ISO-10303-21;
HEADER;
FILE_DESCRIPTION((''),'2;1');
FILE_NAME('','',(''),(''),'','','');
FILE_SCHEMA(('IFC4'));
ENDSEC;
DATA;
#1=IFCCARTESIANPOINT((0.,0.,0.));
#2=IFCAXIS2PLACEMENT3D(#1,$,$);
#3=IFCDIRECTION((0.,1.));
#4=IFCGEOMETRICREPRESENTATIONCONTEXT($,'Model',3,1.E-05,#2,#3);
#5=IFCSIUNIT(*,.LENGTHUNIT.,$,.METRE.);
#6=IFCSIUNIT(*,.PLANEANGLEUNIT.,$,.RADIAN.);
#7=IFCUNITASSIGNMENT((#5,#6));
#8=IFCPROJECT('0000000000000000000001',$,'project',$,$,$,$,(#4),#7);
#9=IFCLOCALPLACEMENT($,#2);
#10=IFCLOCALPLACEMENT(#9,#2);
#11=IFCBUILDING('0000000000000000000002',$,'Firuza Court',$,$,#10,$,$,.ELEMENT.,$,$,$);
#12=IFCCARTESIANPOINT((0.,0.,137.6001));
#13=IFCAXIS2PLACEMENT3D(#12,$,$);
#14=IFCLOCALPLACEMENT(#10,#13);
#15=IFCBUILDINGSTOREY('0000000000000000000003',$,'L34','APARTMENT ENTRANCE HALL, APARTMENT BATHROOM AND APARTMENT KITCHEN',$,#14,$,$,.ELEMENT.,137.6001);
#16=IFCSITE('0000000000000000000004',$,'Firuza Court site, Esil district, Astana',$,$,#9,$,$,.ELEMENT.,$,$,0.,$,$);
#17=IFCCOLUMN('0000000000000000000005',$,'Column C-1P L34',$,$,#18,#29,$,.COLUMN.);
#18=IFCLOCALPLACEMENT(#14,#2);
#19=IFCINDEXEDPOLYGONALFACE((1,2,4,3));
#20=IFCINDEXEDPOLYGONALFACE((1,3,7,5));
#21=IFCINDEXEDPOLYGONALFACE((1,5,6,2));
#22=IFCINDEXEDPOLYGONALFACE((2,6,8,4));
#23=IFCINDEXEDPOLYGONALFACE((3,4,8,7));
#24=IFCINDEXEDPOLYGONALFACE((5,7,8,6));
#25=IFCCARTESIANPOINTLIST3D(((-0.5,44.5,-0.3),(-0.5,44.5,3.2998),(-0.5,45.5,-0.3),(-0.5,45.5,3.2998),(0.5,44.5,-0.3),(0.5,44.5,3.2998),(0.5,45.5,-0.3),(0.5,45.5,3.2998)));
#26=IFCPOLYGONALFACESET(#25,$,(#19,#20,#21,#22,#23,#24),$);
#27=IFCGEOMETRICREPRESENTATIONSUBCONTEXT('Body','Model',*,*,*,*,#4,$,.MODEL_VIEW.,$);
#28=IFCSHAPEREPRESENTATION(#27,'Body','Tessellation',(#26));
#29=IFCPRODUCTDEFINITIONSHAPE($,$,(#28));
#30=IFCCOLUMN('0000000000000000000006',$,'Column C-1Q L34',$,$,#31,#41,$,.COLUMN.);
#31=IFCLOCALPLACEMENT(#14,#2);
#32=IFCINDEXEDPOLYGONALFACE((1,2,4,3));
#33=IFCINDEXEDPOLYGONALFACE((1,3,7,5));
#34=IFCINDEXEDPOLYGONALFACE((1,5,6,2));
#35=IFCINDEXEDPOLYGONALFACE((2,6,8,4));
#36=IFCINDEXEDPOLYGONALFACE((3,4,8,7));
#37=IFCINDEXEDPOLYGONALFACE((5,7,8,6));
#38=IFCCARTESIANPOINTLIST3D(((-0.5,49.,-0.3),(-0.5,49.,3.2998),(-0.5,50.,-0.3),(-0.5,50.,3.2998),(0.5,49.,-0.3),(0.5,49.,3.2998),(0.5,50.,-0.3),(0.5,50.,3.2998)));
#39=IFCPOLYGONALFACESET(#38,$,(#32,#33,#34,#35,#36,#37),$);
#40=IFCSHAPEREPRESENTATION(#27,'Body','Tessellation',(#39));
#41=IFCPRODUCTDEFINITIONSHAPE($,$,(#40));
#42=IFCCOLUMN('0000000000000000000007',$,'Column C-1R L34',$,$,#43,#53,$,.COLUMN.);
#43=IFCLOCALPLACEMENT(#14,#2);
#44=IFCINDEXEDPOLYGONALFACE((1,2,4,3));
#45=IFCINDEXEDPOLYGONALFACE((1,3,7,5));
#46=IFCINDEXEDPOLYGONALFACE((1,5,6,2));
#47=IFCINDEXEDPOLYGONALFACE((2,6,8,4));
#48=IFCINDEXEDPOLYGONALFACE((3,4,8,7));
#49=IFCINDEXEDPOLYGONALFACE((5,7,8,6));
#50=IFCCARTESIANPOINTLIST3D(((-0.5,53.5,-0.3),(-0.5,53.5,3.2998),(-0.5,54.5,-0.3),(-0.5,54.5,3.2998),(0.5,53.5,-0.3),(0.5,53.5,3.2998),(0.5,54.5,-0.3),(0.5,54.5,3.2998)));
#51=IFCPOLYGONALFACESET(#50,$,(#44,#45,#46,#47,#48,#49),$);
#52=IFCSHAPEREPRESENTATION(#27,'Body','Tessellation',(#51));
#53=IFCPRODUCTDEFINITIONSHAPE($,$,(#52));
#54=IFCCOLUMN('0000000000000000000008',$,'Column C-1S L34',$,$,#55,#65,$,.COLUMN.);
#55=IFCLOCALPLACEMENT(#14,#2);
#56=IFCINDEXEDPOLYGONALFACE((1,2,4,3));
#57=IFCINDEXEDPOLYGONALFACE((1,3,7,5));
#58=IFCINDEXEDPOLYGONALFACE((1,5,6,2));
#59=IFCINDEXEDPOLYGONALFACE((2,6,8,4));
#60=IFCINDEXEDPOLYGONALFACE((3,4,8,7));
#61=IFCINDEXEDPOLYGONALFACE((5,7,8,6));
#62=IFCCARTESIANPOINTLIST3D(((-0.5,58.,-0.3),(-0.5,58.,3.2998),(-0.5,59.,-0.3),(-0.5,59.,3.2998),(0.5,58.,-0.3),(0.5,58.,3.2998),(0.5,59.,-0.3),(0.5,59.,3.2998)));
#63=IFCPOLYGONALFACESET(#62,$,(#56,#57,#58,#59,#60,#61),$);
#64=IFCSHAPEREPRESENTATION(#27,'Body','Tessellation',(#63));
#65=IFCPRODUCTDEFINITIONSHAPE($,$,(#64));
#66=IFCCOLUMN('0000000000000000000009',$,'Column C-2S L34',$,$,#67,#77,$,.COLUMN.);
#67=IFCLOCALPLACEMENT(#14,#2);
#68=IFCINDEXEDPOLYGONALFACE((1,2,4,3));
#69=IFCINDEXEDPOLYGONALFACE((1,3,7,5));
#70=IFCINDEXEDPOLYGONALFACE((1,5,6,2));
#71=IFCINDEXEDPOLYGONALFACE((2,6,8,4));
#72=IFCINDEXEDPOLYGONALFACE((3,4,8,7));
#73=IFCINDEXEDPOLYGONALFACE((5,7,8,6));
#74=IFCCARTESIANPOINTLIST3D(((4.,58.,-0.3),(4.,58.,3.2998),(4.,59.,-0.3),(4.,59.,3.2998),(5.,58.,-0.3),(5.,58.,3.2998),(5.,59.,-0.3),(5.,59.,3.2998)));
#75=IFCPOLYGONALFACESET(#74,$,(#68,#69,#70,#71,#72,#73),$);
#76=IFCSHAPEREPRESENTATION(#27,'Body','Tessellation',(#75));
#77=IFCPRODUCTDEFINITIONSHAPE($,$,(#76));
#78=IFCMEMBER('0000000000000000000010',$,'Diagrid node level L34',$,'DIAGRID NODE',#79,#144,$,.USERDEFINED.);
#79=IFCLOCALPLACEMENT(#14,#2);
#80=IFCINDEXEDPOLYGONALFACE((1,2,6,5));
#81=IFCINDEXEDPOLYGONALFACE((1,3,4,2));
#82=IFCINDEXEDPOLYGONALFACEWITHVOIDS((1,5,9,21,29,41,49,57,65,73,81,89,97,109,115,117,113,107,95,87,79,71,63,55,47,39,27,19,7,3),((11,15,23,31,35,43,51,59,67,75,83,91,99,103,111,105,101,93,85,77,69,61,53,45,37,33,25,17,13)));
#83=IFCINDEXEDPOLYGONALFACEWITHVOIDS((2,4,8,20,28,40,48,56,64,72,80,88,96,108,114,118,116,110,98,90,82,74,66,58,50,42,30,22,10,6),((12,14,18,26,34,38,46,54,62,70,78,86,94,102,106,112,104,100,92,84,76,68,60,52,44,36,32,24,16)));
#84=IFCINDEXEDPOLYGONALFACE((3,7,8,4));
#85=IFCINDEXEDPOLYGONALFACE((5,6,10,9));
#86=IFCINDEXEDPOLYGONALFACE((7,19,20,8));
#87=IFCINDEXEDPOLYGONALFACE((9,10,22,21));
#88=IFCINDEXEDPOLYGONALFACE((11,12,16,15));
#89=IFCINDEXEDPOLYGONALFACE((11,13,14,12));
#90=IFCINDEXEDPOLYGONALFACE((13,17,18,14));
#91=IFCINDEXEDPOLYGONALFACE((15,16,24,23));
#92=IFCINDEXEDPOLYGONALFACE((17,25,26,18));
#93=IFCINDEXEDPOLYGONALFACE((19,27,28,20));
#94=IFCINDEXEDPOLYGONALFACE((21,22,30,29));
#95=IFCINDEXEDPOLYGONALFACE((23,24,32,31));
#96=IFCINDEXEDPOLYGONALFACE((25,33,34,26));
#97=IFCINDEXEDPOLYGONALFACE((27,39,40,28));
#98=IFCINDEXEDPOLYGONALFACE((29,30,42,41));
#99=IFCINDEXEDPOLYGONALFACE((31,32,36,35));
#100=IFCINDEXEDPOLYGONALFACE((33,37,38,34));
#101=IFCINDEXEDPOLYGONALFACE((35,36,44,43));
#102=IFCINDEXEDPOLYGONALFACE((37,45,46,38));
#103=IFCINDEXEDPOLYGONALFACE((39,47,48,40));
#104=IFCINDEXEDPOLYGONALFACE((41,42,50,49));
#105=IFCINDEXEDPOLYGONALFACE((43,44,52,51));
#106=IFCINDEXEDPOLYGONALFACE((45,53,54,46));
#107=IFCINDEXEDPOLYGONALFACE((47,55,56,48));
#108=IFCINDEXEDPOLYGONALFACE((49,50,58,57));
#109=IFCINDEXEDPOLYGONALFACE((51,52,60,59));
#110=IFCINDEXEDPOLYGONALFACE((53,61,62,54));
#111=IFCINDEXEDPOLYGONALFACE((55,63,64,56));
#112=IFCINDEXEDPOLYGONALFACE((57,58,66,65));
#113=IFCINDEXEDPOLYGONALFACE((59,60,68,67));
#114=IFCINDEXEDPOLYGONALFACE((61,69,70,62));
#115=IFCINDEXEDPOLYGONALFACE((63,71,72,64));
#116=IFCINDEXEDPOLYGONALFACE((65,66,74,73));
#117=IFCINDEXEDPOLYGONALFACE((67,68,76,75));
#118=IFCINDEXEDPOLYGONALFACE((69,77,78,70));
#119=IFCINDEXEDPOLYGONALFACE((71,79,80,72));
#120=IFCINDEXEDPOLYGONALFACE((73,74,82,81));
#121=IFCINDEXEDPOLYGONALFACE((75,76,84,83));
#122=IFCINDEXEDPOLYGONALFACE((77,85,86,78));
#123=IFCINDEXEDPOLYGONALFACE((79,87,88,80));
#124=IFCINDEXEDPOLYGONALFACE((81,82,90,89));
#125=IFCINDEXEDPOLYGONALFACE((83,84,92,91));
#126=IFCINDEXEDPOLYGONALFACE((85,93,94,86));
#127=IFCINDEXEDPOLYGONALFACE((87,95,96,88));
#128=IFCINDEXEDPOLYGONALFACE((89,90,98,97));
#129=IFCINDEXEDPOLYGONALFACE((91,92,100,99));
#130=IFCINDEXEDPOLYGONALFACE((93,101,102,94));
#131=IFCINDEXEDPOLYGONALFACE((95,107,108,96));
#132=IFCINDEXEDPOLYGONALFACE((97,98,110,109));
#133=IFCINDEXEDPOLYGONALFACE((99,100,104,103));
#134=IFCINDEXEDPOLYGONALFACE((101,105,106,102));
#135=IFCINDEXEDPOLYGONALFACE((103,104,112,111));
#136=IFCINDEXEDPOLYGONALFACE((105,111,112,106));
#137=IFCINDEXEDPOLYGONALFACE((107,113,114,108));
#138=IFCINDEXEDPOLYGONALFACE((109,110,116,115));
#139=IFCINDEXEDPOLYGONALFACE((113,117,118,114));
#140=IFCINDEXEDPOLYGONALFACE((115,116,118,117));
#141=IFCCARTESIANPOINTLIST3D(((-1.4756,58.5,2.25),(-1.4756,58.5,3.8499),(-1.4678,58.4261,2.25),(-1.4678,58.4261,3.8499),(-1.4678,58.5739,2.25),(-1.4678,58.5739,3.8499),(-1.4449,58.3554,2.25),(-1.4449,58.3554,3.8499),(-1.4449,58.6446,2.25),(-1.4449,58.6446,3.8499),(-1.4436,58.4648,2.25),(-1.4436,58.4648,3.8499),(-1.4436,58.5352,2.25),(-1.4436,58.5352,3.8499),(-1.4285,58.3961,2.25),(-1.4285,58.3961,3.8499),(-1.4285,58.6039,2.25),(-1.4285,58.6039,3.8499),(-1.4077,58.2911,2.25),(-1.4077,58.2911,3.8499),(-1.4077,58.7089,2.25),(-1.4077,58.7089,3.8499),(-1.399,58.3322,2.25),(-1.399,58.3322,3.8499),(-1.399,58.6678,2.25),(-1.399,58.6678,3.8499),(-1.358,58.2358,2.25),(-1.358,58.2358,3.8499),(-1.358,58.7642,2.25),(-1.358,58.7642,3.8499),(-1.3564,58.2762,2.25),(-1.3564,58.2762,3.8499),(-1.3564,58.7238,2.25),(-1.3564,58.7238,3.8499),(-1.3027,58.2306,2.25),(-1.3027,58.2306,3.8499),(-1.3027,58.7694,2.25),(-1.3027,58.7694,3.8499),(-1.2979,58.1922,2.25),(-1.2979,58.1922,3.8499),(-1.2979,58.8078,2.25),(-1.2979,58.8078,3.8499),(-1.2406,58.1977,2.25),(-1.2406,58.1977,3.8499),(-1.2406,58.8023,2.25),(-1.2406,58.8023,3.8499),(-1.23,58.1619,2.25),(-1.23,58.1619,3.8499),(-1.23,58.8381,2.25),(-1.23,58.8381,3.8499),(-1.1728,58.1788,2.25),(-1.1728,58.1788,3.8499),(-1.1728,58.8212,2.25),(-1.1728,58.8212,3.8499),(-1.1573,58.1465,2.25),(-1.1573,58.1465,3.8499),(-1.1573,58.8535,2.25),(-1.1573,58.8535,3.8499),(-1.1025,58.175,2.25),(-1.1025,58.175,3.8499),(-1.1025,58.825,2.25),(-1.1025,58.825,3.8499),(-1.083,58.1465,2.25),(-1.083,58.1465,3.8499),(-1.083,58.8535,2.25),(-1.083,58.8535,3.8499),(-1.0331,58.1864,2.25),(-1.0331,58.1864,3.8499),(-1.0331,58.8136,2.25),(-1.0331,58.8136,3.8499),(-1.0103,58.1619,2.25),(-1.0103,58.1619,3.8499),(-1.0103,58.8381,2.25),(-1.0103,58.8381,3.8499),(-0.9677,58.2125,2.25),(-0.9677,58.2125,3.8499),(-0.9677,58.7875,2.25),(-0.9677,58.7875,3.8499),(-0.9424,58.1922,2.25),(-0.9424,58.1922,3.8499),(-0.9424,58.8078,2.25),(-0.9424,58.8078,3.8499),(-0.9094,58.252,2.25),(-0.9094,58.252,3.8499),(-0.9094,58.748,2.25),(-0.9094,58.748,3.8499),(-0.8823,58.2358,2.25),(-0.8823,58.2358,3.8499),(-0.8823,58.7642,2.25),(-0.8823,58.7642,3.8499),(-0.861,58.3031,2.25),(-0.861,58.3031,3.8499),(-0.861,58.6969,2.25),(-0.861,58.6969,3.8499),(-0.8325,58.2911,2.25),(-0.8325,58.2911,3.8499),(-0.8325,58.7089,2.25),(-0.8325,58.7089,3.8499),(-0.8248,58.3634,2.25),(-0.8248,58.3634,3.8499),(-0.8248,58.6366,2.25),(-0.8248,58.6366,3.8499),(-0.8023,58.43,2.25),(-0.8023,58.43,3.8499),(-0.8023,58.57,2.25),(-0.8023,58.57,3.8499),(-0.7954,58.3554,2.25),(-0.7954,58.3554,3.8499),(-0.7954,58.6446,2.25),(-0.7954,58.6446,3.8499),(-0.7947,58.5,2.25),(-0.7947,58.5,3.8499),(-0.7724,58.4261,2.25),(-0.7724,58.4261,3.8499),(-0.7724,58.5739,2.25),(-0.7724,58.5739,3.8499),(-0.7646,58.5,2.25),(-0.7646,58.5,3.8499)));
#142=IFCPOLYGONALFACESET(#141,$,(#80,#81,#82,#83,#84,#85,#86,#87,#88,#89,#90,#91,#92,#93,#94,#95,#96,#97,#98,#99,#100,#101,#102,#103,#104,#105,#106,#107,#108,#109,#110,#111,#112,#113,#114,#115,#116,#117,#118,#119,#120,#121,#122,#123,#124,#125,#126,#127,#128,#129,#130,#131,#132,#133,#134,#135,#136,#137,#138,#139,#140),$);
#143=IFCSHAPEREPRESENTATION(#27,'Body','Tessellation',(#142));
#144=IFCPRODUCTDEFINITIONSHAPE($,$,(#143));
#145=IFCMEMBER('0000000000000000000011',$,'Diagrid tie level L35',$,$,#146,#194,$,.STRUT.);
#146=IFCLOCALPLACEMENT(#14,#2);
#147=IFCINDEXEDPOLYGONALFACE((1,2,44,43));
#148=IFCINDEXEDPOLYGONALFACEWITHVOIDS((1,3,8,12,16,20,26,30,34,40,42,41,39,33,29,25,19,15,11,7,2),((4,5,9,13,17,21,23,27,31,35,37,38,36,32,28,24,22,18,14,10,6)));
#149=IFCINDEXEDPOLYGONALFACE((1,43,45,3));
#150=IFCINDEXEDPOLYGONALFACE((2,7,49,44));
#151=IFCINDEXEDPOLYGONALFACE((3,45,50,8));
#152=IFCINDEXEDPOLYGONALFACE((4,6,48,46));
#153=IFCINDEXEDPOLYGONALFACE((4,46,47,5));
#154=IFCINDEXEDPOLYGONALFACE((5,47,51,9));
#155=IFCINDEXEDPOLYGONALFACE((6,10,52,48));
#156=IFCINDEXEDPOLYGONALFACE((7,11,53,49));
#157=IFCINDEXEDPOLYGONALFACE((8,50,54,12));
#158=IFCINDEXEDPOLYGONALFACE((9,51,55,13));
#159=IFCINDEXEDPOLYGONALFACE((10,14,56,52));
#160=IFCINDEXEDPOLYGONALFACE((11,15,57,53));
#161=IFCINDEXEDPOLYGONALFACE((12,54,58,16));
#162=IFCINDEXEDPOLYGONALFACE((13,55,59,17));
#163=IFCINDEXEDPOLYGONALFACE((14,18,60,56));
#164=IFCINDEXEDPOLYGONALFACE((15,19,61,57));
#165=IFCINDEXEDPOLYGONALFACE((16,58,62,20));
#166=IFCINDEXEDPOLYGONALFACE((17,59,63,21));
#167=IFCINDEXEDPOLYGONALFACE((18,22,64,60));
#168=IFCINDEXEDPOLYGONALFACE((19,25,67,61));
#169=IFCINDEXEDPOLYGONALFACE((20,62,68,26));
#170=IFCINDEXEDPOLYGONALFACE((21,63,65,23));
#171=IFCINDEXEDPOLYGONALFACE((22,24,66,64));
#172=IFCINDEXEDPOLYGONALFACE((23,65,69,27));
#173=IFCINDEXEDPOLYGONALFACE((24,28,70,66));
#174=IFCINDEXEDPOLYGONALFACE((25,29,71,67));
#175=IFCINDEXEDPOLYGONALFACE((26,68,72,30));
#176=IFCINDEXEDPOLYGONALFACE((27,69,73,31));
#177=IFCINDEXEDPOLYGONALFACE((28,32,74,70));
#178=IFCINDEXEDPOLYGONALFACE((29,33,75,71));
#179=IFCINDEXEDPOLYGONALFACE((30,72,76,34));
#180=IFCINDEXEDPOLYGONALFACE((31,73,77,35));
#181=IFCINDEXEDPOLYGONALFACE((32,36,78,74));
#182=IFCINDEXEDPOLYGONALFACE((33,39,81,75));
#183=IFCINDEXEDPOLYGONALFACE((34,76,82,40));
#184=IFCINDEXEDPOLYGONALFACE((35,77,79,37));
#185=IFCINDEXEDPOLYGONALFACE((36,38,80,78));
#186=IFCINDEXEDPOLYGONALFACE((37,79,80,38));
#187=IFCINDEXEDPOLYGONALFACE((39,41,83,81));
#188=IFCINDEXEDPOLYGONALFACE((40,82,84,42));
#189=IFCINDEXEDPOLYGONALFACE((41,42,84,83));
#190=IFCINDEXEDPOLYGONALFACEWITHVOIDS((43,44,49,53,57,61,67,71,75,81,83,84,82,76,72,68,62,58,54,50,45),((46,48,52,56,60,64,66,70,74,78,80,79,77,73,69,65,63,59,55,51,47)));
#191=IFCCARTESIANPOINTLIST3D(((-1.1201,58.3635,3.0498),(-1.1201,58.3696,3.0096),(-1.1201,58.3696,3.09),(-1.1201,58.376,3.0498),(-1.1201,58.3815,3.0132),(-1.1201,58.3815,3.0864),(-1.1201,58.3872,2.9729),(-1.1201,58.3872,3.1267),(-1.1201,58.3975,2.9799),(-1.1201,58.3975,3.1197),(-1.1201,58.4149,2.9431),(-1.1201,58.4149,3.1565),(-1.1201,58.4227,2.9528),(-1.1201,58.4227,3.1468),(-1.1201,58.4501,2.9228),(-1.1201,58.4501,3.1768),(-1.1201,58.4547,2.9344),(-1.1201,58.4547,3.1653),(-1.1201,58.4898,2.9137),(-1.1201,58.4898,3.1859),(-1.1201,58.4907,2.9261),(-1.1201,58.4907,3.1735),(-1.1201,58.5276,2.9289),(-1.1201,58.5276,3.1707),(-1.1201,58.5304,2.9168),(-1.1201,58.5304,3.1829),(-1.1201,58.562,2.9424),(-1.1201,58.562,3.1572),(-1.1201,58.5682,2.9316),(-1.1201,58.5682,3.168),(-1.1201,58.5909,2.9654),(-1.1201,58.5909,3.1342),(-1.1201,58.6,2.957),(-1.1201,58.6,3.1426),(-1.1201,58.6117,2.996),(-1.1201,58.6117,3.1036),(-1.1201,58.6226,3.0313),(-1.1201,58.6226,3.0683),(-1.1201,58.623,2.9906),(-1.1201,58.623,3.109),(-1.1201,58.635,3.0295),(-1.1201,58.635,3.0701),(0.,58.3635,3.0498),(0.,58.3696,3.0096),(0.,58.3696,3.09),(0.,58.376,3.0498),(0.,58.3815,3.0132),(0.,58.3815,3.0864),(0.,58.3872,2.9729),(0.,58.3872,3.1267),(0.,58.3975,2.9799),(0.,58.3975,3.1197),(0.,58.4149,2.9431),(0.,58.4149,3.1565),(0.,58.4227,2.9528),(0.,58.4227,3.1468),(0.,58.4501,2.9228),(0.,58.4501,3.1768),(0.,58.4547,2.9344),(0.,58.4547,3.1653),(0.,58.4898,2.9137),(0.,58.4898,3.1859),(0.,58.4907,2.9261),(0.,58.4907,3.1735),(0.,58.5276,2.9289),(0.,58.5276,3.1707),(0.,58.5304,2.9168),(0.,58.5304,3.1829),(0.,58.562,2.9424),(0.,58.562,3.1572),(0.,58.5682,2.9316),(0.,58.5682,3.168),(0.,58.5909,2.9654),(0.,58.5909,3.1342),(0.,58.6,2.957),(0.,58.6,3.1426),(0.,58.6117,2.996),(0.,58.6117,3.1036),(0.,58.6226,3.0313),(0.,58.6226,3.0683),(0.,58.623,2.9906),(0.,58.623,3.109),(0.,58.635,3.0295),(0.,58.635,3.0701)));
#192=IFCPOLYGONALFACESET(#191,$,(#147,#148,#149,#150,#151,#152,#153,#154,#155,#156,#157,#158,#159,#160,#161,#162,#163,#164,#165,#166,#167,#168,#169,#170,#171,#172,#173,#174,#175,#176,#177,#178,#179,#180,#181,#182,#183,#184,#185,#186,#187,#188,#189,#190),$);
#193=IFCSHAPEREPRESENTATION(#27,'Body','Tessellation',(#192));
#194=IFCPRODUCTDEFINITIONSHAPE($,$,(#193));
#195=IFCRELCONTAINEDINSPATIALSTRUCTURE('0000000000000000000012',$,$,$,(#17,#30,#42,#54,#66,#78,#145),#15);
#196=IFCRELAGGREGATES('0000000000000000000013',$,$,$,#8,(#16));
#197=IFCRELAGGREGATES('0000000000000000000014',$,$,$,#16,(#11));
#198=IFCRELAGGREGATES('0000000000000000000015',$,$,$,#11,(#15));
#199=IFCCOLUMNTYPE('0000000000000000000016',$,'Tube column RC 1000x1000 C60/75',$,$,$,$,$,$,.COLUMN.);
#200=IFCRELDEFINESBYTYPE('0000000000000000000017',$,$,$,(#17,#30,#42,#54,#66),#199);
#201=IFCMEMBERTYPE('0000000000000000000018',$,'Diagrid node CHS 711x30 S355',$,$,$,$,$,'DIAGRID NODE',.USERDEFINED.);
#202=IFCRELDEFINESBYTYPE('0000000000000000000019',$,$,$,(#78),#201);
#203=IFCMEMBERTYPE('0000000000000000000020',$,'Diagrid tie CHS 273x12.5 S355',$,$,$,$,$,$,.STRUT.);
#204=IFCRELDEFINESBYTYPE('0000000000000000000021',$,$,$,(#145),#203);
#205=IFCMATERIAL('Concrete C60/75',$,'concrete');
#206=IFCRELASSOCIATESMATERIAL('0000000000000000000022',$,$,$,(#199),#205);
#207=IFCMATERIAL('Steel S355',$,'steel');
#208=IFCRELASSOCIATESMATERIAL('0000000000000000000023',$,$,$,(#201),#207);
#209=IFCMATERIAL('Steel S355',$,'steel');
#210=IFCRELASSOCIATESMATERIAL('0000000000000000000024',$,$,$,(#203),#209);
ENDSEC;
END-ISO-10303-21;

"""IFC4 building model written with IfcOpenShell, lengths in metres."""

from ifc_helpers import new_model, si_unit, direction, frame, origin, origin_2d, place, context, subcontext, project, spatial, rectangle, hollow_circle, extrude, material, material_profile, profile_set, type_object, element, save


model = new_model("IFC4")

# Units and contexts
model_context = context("Model", 3, precision=1e-05, world=origin(), true_north=direction((0.0, 1.0)))
body_context = subcontext(model_context, "Body", "Model", "MODEL_VIEW")
ifc_project = project(units=[si_unit("LENGTHUNIT", "METRE"), si_unit("PLANEANGLEUNIT", "RADIAN")], contexts=[model_context])

# Site, building, storey
site_placement = place(None, origin())
site = spatial("IfcSite", under=ifc_project, at=site_placement, Name="Firuza Court site, Esil district, Astana", CompositionType="ELEMENT", RefElevation=0.0)
building_placement = place(site_placement, origin())
building = spatial("IfcBuilding", under=site, at=building_placement, Name="Firuza Court", CompositionType="ELEMENT")
storey_placement = place(building_placement, frame((0.0, 0.0, 137.6001)))
storey = spatial("IfcBuildingStorey", under=building, at=storey_placement, Name="L34", Description="APARTMENT ENTRANCE HALL, APARTMENT BATHROOM AND APARTMENT KITCHEN", CompositionType="ELEMENT", Elevation=137.6001)

# Columns
ifc_material_1 = material(Name="Concrete C60/75", Category="concrete")
ifc_material_profile_1 = material_profile(ifc_material_1, rectangle(XDim=1.0, YDim=1.0, at=origin_2d()), Name="RC 1000x1000")
ifc_profile_set_1 = profile_set([ifc_material_profile_1], Name="Concrete C60/75")
column_type = type_object("IfcColumnType", Name="Tube column RC 1000x1000 C60/75", PredefinedType="COLUMN", material=ifc_profile_set_1)
for number, where, z_axis, x_axis, name in (
    (1, (0.0, 45.0, -0.3), (0.0, 0.0, 1.0), (1.0, 0.0, 0.0), "Column C-1P L34"),
    (2, (0.0, 49.5, -0.3), (0.0, 0.0, 1.0), (1.0, 0.0, 0.0), "Column C-1Q L34"),
    (3, (0.0, 54.0, -0.3), (0.0, 0.0, 1.0), (1.0, 0.0, 0.0), "Column C-1R L34"),
    (4, (0.0, 58.5, -0.3), (0.0, 0.0, 1.0), (1.0, 0.0, 0.0), "Column C-1S L34"),
    (5, (4.5, 58.5, -0.3), (0.0, 0.0, 1.0), (1.0, 0.0, 0.0), "Column C-2S L34"),
):
    element("IfcColumn", number, at=place(storey_placement, frame(where, z_axis=z_axis, x_axis=x_axis)), inside=storey, type_object=column_type, Name=name, PredefinedType="COLUMN", context=body_context, shape_type="SweptSolid", body=[
        extrude(rectangle(XDim=1.0, YDim=1.0, at=origin_2d()), origin(), (0.0, 0.0, 1.0), 3.5999),
    ])

# Members
ifc_material_2 = material(Name="Steel S355", Category="steel")
ifc_material_profile_2 = material_profile(ifc_material_2, hollow_circle(Radius=0.3555, WallThickness=0.03, at=origin_2d()), Name="CHS 711x30")
ifc_profile_set_2 = profile_set([ifc_material_profile_2], Name="Steel S355")
member_type_1 = type_object("IfcMemberType", Name="Diagrid node CHS 711x30 S355", ElementType="DIAGRID NODE", PredefinedType="USERDEFINED", material=ifc_profile_set_2)
member_1_placement = place(storey_placement, frame((-1.1201, 58.5, 2.25), z_axis=(0.0, 0.0, 1.0), x_axis=(1.0, 0.0, 0.0)))
element("IfcMember", 6, at=member_1_placement, inside=storey, type_object=member_type_1, Name="Diagrid node level L34", ObjectType="DIAGRID NODE", PredefinedType="USERDEFINED", context=body_context, shape_type="SweptSolid", body=[
    extrude(hollow_circle(Radius=0.3555, WallThickness=0.03, at=origin_2d()), origin(), (0.0, 0.0, 1.0), 1.5999),
])
ifc_material_3 = material(Name="Steel S355", Category="steel")
ifc_material_profile_3 = material_profile(ifc_material_3, hollow_circle(Radius=0.1365, WallThickness=0.0125, at=origin_2d()), Name="CHS 273x12.5")
ifc_profile_set_3 = profile_set([ifc_material_profile_3], Name="Steel S355")
member_type_2 = type_object("IfcMemberType", Name="Diagrid tie CHS 273x12.5 S355", PredefinedType="STRUT", material=ifc_profile_set_3)
member_2_placement = place(storey_placement, frame((0.0, 58.5, 3.0498), z_axis=(-1.0, 0.0, 0.0), x_axis=(0.0, -1.0, 0.0)))
element("IfcMember", 7, at=member_2_placement, inside=storey, type_object=member_type_2, Name="Diagrid tie level L35", PredefinedType="STRUT", context=body_context, shape_type="SweptSolid", body=[
    extrude(hollow_circle(Radius=0.1365, WallThickness=0.0125, at=origin_2d()), origin(), (0.0, 0.0, 1.0), 1.1201),
])

save(model, "model.ifc")
